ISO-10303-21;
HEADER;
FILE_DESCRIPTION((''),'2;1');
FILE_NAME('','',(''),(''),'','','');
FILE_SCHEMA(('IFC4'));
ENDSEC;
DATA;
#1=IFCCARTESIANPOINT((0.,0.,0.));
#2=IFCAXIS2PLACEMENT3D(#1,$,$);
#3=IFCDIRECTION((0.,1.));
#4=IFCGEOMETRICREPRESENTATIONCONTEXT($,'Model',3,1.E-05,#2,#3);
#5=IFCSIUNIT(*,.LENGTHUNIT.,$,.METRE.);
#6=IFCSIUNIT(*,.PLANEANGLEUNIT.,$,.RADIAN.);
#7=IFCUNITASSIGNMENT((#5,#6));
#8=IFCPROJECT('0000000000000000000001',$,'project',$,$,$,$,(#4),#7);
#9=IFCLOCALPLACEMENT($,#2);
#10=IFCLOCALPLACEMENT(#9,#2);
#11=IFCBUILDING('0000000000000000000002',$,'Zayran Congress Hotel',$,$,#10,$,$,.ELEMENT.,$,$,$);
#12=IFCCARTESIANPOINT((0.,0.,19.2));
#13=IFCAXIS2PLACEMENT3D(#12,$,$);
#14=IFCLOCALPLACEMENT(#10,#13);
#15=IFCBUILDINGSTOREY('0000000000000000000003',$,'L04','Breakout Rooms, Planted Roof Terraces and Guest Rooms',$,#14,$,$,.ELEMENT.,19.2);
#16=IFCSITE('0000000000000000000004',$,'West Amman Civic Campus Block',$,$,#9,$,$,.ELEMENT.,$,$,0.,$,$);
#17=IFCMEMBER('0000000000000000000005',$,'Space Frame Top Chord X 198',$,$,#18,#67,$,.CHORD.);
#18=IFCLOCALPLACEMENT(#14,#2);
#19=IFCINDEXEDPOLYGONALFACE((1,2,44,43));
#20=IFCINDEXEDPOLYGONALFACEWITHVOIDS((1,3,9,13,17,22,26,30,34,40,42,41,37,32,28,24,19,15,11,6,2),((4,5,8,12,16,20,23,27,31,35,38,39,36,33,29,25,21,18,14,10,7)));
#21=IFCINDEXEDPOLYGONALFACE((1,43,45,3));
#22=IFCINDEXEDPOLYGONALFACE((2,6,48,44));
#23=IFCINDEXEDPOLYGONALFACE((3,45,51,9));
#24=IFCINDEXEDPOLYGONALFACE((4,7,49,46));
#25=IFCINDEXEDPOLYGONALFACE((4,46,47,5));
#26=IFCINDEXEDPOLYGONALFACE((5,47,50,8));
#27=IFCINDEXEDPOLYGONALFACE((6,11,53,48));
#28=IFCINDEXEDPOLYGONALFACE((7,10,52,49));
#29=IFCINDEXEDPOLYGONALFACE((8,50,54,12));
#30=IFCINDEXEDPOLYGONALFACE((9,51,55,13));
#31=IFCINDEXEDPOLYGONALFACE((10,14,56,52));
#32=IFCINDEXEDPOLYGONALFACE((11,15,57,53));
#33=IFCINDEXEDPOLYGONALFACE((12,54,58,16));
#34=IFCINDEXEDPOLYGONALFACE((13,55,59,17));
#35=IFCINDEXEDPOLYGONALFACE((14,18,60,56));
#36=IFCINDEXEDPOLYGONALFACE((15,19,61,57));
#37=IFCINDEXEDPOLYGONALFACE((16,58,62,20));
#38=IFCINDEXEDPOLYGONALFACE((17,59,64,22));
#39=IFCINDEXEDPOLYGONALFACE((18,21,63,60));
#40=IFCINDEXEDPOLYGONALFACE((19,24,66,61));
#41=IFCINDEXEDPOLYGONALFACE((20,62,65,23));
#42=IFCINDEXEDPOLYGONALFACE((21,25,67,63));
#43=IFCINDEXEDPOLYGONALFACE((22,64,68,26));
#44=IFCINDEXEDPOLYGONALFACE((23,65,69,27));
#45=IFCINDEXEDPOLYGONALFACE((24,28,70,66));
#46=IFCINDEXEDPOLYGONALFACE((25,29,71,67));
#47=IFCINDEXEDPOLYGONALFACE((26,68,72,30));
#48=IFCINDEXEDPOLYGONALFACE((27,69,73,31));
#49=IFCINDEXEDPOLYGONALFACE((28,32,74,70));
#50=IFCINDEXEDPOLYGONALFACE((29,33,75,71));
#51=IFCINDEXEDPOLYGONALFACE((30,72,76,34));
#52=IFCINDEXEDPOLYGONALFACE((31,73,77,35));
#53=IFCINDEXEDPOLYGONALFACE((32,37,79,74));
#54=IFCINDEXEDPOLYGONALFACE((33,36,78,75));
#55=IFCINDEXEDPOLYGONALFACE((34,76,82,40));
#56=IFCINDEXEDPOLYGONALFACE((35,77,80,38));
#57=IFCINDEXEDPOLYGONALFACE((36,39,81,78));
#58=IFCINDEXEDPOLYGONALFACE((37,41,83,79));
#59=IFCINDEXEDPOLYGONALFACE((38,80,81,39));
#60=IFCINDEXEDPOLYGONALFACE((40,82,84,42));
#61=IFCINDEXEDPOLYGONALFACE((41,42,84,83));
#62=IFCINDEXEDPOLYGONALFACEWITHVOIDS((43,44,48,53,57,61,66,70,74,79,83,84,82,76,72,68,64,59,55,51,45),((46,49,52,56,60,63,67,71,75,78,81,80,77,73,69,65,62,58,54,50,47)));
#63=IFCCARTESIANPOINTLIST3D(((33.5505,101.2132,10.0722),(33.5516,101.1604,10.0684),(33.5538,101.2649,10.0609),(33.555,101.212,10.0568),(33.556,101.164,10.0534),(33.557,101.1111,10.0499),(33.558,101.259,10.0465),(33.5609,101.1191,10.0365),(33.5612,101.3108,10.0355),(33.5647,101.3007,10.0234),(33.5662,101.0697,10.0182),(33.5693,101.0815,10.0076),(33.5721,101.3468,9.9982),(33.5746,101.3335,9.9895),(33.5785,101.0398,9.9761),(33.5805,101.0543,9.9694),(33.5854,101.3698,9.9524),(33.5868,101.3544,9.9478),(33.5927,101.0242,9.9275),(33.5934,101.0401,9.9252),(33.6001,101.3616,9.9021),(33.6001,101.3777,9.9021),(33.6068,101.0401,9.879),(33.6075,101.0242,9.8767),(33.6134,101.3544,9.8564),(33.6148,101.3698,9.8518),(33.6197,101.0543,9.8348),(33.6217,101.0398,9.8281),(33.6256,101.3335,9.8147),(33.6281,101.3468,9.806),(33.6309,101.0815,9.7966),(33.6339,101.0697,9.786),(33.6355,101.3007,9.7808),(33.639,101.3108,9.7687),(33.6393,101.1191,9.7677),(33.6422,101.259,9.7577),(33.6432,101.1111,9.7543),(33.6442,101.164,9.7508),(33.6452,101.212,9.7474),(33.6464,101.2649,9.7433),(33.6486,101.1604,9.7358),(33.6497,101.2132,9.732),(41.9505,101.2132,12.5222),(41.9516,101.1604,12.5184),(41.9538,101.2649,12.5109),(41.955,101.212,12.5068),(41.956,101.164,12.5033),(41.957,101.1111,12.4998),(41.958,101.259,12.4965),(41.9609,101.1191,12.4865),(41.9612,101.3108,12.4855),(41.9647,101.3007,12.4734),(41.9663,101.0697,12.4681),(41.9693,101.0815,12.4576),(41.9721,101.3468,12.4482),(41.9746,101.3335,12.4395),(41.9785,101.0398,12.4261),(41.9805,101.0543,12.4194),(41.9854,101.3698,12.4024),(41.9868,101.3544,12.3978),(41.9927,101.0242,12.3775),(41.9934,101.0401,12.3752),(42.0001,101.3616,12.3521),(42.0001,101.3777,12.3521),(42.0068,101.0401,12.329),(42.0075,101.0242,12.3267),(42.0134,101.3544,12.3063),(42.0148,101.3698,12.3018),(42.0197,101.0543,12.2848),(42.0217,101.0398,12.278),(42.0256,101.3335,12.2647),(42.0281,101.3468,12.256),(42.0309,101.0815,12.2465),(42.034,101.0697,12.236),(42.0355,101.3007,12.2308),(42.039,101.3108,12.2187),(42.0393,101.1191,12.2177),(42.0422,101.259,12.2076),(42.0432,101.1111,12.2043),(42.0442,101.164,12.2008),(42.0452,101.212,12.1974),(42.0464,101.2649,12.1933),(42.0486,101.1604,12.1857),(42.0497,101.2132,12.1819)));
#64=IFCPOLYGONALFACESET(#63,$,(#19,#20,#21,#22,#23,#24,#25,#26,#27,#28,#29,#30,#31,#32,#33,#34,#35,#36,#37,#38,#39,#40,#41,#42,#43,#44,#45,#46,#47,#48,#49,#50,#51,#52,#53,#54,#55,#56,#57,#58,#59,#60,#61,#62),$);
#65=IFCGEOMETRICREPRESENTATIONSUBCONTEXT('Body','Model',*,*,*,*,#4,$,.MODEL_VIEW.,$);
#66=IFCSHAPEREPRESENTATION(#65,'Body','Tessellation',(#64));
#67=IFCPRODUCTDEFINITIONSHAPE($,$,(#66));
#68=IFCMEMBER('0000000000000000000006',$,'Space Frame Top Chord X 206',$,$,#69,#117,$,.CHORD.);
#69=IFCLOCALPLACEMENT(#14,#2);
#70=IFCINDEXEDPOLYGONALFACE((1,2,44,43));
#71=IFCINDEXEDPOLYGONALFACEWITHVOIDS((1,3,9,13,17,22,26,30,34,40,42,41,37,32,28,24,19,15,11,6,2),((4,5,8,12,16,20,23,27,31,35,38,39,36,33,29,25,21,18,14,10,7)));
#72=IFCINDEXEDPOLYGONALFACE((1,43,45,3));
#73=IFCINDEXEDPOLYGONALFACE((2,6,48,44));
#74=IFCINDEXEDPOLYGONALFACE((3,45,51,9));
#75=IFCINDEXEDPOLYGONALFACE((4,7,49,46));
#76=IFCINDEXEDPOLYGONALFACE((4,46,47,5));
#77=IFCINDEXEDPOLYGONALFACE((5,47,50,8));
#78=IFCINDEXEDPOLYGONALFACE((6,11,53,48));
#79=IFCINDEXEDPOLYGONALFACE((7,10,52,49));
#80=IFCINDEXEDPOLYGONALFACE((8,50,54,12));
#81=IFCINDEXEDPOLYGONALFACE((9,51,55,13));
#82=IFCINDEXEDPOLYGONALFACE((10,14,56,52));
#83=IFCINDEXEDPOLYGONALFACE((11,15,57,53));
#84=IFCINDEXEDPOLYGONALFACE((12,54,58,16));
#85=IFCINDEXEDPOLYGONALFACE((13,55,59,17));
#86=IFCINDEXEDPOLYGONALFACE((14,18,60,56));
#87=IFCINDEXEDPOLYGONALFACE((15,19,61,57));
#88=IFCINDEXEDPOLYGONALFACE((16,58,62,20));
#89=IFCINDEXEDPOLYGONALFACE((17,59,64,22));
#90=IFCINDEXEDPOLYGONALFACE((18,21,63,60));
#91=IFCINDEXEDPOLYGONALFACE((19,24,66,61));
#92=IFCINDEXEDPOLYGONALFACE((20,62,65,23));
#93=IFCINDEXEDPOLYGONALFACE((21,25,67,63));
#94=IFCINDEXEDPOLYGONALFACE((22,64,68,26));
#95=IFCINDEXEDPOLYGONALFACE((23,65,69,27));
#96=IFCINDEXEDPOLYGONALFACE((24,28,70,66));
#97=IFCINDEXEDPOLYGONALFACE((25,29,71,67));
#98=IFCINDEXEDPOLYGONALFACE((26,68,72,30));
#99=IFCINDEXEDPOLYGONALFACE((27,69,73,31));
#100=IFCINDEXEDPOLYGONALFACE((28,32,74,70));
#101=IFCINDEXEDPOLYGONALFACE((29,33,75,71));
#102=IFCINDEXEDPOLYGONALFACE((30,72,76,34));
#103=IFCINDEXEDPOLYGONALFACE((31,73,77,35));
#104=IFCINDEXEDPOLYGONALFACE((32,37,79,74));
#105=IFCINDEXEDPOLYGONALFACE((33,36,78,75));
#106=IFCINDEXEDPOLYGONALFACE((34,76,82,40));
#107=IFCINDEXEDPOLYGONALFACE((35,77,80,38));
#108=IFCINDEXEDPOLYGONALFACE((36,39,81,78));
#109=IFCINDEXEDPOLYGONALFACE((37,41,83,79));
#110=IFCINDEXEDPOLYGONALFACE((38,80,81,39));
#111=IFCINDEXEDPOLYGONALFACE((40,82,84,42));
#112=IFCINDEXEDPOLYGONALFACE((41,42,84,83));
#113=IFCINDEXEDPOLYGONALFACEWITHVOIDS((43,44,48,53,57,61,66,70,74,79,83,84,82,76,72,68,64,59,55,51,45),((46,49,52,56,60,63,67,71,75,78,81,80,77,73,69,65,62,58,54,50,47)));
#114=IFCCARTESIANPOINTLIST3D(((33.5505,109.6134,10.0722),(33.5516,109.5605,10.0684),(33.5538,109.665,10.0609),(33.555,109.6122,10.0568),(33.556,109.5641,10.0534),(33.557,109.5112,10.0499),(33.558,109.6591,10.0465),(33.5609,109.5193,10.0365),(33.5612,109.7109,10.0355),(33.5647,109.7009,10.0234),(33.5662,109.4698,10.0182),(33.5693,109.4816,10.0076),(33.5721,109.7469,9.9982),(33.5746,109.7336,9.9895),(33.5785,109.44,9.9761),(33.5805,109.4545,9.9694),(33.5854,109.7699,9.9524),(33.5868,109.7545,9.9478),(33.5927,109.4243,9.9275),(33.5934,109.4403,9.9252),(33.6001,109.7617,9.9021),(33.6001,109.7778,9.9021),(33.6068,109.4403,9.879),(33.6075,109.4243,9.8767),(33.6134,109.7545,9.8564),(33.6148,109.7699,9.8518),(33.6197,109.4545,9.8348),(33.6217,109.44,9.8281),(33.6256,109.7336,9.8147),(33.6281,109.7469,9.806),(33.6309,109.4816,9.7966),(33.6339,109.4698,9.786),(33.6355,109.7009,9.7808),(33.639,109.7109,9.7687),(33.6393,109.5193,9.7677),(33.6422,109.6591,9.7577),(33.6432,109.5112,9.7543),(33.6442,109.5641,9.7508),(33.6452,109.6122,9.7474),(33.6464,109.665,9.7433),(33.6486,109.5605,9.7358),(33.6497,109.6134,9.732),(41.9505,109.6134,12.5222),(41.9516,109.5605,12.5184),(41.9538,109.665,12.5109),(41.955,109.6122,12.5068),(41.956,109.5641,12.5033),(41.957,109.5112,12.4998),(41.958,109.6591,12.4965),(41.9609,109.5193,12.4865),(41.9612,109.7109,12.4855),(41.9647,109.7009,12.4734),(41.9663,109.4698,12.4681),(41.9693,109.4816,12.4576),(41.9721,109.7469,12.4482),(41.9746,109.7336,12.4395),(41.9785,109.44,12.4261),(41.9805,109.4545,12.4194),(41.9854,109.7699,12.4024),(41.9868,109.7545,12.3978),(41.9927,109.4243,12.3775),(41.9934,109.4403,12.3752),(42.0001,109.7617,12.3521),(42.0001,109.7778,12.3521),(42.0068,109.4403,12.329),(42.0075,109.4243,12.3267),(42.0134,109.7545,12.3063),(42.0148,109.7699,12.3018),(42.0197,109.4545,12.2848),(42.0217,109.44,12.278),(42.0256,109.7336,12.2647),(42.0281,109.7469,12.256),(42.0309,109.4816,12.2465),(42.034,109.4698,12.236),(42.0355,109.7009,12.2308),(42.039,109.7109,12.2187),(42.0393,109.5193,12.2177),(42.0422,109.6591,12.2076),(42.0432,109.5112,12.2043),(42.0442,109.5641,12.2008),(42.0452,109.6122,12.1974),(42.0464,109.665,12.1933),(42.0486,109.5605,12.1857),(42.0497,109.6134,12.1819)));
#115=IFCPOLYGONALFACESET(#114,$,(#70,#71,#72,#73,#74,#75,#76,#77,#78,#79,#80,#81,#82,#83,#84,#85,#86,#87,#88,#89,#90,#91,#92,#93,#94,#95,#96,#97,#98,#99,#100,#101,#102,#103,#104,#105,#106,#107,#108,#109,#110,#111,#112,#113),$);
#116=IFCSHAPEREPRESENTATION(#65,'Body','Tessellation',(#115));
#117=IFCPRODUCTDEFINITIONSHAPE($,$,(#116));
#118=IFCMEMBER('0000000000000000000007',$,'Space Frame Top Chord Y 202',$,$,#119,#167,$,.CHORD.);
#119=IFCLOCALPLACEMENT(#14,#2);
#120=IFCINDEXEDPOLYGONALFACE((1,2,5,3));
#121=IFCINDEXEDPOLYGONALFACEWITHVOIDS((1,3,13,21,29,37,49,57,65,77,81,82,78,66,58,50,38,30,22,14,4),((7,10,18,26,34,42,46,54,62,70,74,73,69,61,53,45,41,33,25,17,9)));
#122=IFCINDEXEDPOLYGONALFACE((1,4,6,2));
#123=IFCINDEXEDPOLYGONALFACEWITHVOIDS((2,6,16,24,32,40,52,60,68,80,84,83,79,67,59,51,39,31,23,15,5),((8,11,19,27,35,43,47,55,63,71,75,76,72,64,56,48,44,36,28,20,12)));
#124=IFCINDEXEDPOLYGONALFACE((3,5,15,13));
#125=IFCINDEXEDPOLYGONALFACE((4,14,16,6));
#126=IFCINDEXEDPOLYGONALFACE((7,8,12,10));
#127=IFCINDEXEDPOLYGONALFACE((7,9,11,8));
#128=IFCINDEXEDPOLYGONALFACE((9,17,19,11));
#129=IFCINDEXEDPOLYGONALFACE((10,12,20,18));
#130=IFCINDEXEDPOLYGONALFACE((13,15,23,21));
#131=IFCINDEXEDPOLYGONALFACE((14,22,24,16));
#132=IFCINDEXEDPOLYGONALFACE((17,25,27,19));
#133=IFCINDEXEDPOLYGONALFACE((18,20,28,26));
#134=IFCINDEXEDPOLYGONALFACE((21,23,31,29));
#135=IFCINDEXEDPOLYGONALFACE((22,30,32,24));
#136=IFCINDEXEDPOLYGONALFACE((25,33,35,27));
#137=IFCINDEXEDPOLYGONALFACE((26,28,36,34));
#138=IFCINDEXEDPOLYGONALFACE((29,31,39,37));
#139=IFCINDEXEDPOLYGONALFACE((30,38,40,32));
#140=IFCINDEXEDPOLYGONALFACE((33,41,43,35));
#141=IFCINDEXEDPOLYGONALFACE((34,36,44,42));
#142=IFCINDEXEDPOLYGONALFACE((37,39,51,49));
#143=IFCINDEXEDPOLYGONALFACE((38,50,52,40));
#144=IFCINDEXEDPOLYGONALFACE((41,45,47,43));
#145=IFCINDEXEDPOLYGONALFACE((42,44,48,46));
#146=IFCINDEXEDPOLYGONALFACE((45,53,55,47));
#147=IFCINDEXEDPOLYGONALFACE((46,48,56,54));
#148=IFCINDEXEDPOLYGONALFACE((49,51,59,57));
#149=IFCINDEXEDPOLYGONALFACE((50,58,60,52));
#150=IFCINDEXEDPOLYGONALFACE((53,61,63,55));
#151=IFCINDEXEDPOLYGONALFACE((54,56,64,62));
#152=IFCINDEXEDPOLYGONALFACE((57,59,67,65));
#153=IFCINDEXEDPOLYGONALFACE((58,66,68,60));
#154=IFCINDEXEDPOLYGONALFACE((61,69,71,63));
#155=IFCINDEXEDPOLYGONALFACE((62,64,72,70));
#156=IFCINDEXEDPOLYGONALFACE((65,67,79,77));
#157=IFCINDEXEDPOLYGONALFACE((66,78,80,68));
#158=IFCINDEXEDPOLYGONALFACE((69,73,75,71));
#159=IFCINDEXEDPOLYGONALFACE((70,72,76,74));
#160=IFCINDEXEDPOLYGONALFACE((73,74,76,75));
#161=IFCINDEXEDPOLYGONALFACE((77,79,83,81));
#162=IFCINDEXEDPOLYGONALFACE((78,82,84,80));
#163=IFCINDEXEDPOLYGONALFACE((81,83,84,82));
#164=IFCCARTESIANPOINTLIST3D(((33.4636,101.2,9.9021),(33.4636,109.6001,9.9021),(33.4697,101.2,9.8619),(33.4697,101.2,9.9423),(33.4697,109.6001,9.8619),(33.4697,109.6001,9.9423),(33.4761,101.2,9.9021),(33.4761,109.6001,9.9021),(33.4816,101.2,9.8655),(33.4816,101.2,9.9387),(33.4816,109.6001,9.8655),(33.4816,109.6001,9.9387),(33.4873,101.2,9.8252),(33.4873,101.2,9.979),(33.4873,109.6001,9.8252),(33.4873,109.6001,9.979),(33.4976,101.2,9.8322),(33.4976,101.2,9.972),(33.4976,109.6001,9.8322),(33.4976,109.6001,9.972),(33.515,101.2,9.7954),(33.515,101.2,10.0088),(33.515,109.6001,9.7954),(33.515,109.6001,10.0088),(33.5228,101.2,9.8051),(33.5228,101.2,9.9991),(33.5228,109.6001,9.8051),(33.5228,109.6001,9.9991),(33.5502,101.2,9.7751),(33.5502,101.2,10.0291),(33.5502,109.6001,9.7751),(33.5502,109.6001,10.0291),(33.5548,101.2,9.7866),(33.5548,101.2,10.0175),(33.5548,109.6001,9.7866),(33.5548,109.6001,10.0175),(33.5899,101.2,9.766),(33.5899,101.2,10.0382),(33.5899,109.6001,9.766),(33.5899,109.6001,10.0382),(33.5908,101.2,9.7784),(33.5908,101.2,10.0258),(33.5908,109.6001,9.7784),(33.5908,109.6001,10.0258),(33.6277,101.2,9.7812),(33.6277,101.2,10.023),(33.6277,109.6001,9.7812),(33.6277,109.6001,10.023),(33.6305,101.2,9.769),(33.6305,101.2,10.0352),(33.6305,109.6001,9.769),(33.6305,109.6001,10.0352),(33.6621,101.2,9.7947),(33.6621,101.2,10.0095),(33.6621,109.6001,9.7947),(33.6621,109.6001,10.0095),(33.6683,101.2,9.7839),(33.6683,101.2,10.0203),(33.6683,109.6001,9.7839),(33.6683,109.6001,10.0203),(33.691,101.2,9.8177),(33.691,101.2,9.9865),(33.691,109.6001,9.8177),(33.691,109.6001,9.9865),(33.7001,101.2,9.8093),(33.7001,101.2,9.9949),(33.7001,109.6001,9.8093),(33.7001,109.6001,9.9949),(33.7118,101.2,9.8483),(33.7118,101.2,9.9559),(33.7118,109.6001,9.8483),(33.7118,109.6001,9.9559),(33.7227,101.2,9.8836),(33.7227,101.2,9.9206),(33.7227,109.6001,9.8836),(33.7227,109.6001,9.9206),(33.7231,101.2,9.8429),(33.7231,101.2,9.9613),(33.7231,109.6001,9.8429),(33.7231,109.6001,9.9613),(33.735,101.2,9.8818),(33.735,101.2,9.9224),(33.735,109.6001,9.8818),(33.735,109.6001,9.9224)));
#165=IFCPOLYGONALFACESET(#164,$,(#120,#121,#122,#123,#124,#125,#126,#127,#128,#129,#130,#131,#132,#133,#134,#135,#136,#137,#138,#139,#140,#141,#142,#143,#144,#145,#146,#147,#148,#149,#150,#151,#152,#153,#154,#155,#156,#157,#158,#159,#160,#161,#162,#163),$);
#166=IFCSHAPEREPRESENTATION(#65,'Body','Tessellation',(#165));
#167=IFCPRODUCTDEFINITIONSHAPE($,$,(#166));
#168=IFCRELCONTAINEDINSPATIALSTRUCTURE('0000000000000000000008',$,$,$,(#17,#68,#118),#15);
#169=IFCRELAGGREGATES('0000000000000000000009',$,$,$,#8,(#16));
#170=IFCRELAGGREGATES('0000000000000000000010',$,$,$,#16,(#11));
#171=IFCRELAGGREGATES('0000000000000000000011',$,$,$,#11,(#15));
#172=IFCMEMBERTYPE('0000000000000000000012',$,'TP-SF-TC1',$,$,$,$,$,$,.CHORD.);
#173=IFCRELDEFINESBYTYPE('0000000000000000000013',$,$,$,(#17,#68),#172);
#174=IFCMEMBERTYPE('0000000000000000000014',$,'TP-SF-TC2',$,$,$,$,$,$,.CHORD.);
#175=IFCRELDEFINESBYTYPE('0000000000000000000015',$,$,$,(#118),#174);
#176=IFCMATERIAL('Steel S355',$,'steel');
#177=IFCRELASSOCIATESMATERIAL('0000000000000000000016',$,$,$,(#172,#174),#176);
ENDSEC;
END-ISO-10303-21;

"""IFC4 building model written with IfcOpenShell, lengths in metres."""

from ifc_helpers import new_model, si_unit, direction, frame, origin, origin_2d, place, context, subcontext, project, spatial, hollow_circle, extrude, material, material_profile, profile_set, type_object, element, save


model = new_model("IFC4")

# Units and contexts
model_context = context("Model", 3, precision=1e-05, world=origin(), true_north=direction((0.0, 1.0)))
body_context = subcontext(model_context, "Body", "Model", "MODEL_VIEW")
ifc_project = project(units=[si_unit("LENGTHUNIT", "METRE"), si_unit("PLANEANGLEUNIT", "RADIAN")], contexts=[model_context])

# Site, building, storey
site_placement = place(None, origin())
site = spatial("IfcSite", under=ifc_project, at=site_placement, Name="West Amman Civic Campus Block", CompositionType="ELEMENT", RefElevation=0.0)
building_placement = place(site_placement, origin())
building = spatial("IfcBuilding", under=site, at=building_placement, Name="Zayran Congress Hotel", CompositionType="ELEMENT")
storey_placement = place(building_placement, frame((0.0, 0.0, 19.2)))
storey = spatial("IfcBuildingStorey", under=building, at=storey_placement, Name="L04", Description="Breakout Rooms, Planted Roof Terraces and Guest Rooms", CompositionType="ELEMENT", Elevation=19.2)

# Members
ifc_material_1 = material(Name="Steel S355", Category="steel")
ifc_material_profile_1 = material_profile(ifc_material_1, hollow_circle(Radius=0.1777, WallThickness=0.0161, at=origin_2d()), Name="CHS 355.6x16")
ifc_profile_set_1 = profile_set([ifc_material_profile_1], Name="Steel S355")
member_type_1 = type_object("IfcMemberType", Name="TP-SF-TC1", PredefinedType="CHORD", material=ifc_profile_set_1)
for number, where, z_axis, x_axis, name in (
    (1, (33.6001, 101.2, 9.9021), (0.960001, 0.0, 0.279998), (0.0, 1.0, 0.0), "Space Frame Top Chord X 198"),
    (2, (33.6001, 109.6001, 9.9021), (0.960001, 0.0, 0.279998), (0.0, 1.0, 0.0), "Space Frame Top Chord X 206"),
):
    element("IfcMember", number, at=place(storey_placement, frame(where, z_axis=z_axis, x_axis=x_axis)), inside=storey, type_object=member_type_1, Name=name, PredefinedType="CHORD", context=body_context, shape_type="SweptSolid", body=[
        extrude(hollow_circle(Radius=0.1777, WallThickness=0.0161, at=origin_2d()), origin(), (0.0, 0.0, 1.0), 8.75),
    ])
ifc_material_profile_2 = material_profile(ifc_material_1, hollow_circle(Radius=0.1365, WallThickness=0.0125, at=origin_2d()), Name="CHS 273x12.5")
ifc_profile_set_2 = profile_set([ifc_material_profile_2], Name="Steel S355")
member_type_2 = type_object("IfcMemberType", Name="TP-SF-TC2", PredefinedType="CHORD", material=ifc_profile_set_2)
member_1_placement = place(storey_placement, frame((33.6001, 101.2, 9.9021), z_axis=(0.0, 1.0, 0.0), x_axis=(-1.0, 0.0, 0.0)))
element("IfcMember", 3, at=member_1_placement, inside=storey, type_object=member_type_2, Name="Space Frame Top Chord Y 202", PredefinedType="CHORD", context=body_context, shape_type="SweptSolid", body=[
    extrude(hollow_circle(Radius=0.1365, WallThickness=0.0125, at=origin_2d()), origin(), (0.0, 0.0, 1.0), 8.4001),
])

save(model, "model.ifc")
